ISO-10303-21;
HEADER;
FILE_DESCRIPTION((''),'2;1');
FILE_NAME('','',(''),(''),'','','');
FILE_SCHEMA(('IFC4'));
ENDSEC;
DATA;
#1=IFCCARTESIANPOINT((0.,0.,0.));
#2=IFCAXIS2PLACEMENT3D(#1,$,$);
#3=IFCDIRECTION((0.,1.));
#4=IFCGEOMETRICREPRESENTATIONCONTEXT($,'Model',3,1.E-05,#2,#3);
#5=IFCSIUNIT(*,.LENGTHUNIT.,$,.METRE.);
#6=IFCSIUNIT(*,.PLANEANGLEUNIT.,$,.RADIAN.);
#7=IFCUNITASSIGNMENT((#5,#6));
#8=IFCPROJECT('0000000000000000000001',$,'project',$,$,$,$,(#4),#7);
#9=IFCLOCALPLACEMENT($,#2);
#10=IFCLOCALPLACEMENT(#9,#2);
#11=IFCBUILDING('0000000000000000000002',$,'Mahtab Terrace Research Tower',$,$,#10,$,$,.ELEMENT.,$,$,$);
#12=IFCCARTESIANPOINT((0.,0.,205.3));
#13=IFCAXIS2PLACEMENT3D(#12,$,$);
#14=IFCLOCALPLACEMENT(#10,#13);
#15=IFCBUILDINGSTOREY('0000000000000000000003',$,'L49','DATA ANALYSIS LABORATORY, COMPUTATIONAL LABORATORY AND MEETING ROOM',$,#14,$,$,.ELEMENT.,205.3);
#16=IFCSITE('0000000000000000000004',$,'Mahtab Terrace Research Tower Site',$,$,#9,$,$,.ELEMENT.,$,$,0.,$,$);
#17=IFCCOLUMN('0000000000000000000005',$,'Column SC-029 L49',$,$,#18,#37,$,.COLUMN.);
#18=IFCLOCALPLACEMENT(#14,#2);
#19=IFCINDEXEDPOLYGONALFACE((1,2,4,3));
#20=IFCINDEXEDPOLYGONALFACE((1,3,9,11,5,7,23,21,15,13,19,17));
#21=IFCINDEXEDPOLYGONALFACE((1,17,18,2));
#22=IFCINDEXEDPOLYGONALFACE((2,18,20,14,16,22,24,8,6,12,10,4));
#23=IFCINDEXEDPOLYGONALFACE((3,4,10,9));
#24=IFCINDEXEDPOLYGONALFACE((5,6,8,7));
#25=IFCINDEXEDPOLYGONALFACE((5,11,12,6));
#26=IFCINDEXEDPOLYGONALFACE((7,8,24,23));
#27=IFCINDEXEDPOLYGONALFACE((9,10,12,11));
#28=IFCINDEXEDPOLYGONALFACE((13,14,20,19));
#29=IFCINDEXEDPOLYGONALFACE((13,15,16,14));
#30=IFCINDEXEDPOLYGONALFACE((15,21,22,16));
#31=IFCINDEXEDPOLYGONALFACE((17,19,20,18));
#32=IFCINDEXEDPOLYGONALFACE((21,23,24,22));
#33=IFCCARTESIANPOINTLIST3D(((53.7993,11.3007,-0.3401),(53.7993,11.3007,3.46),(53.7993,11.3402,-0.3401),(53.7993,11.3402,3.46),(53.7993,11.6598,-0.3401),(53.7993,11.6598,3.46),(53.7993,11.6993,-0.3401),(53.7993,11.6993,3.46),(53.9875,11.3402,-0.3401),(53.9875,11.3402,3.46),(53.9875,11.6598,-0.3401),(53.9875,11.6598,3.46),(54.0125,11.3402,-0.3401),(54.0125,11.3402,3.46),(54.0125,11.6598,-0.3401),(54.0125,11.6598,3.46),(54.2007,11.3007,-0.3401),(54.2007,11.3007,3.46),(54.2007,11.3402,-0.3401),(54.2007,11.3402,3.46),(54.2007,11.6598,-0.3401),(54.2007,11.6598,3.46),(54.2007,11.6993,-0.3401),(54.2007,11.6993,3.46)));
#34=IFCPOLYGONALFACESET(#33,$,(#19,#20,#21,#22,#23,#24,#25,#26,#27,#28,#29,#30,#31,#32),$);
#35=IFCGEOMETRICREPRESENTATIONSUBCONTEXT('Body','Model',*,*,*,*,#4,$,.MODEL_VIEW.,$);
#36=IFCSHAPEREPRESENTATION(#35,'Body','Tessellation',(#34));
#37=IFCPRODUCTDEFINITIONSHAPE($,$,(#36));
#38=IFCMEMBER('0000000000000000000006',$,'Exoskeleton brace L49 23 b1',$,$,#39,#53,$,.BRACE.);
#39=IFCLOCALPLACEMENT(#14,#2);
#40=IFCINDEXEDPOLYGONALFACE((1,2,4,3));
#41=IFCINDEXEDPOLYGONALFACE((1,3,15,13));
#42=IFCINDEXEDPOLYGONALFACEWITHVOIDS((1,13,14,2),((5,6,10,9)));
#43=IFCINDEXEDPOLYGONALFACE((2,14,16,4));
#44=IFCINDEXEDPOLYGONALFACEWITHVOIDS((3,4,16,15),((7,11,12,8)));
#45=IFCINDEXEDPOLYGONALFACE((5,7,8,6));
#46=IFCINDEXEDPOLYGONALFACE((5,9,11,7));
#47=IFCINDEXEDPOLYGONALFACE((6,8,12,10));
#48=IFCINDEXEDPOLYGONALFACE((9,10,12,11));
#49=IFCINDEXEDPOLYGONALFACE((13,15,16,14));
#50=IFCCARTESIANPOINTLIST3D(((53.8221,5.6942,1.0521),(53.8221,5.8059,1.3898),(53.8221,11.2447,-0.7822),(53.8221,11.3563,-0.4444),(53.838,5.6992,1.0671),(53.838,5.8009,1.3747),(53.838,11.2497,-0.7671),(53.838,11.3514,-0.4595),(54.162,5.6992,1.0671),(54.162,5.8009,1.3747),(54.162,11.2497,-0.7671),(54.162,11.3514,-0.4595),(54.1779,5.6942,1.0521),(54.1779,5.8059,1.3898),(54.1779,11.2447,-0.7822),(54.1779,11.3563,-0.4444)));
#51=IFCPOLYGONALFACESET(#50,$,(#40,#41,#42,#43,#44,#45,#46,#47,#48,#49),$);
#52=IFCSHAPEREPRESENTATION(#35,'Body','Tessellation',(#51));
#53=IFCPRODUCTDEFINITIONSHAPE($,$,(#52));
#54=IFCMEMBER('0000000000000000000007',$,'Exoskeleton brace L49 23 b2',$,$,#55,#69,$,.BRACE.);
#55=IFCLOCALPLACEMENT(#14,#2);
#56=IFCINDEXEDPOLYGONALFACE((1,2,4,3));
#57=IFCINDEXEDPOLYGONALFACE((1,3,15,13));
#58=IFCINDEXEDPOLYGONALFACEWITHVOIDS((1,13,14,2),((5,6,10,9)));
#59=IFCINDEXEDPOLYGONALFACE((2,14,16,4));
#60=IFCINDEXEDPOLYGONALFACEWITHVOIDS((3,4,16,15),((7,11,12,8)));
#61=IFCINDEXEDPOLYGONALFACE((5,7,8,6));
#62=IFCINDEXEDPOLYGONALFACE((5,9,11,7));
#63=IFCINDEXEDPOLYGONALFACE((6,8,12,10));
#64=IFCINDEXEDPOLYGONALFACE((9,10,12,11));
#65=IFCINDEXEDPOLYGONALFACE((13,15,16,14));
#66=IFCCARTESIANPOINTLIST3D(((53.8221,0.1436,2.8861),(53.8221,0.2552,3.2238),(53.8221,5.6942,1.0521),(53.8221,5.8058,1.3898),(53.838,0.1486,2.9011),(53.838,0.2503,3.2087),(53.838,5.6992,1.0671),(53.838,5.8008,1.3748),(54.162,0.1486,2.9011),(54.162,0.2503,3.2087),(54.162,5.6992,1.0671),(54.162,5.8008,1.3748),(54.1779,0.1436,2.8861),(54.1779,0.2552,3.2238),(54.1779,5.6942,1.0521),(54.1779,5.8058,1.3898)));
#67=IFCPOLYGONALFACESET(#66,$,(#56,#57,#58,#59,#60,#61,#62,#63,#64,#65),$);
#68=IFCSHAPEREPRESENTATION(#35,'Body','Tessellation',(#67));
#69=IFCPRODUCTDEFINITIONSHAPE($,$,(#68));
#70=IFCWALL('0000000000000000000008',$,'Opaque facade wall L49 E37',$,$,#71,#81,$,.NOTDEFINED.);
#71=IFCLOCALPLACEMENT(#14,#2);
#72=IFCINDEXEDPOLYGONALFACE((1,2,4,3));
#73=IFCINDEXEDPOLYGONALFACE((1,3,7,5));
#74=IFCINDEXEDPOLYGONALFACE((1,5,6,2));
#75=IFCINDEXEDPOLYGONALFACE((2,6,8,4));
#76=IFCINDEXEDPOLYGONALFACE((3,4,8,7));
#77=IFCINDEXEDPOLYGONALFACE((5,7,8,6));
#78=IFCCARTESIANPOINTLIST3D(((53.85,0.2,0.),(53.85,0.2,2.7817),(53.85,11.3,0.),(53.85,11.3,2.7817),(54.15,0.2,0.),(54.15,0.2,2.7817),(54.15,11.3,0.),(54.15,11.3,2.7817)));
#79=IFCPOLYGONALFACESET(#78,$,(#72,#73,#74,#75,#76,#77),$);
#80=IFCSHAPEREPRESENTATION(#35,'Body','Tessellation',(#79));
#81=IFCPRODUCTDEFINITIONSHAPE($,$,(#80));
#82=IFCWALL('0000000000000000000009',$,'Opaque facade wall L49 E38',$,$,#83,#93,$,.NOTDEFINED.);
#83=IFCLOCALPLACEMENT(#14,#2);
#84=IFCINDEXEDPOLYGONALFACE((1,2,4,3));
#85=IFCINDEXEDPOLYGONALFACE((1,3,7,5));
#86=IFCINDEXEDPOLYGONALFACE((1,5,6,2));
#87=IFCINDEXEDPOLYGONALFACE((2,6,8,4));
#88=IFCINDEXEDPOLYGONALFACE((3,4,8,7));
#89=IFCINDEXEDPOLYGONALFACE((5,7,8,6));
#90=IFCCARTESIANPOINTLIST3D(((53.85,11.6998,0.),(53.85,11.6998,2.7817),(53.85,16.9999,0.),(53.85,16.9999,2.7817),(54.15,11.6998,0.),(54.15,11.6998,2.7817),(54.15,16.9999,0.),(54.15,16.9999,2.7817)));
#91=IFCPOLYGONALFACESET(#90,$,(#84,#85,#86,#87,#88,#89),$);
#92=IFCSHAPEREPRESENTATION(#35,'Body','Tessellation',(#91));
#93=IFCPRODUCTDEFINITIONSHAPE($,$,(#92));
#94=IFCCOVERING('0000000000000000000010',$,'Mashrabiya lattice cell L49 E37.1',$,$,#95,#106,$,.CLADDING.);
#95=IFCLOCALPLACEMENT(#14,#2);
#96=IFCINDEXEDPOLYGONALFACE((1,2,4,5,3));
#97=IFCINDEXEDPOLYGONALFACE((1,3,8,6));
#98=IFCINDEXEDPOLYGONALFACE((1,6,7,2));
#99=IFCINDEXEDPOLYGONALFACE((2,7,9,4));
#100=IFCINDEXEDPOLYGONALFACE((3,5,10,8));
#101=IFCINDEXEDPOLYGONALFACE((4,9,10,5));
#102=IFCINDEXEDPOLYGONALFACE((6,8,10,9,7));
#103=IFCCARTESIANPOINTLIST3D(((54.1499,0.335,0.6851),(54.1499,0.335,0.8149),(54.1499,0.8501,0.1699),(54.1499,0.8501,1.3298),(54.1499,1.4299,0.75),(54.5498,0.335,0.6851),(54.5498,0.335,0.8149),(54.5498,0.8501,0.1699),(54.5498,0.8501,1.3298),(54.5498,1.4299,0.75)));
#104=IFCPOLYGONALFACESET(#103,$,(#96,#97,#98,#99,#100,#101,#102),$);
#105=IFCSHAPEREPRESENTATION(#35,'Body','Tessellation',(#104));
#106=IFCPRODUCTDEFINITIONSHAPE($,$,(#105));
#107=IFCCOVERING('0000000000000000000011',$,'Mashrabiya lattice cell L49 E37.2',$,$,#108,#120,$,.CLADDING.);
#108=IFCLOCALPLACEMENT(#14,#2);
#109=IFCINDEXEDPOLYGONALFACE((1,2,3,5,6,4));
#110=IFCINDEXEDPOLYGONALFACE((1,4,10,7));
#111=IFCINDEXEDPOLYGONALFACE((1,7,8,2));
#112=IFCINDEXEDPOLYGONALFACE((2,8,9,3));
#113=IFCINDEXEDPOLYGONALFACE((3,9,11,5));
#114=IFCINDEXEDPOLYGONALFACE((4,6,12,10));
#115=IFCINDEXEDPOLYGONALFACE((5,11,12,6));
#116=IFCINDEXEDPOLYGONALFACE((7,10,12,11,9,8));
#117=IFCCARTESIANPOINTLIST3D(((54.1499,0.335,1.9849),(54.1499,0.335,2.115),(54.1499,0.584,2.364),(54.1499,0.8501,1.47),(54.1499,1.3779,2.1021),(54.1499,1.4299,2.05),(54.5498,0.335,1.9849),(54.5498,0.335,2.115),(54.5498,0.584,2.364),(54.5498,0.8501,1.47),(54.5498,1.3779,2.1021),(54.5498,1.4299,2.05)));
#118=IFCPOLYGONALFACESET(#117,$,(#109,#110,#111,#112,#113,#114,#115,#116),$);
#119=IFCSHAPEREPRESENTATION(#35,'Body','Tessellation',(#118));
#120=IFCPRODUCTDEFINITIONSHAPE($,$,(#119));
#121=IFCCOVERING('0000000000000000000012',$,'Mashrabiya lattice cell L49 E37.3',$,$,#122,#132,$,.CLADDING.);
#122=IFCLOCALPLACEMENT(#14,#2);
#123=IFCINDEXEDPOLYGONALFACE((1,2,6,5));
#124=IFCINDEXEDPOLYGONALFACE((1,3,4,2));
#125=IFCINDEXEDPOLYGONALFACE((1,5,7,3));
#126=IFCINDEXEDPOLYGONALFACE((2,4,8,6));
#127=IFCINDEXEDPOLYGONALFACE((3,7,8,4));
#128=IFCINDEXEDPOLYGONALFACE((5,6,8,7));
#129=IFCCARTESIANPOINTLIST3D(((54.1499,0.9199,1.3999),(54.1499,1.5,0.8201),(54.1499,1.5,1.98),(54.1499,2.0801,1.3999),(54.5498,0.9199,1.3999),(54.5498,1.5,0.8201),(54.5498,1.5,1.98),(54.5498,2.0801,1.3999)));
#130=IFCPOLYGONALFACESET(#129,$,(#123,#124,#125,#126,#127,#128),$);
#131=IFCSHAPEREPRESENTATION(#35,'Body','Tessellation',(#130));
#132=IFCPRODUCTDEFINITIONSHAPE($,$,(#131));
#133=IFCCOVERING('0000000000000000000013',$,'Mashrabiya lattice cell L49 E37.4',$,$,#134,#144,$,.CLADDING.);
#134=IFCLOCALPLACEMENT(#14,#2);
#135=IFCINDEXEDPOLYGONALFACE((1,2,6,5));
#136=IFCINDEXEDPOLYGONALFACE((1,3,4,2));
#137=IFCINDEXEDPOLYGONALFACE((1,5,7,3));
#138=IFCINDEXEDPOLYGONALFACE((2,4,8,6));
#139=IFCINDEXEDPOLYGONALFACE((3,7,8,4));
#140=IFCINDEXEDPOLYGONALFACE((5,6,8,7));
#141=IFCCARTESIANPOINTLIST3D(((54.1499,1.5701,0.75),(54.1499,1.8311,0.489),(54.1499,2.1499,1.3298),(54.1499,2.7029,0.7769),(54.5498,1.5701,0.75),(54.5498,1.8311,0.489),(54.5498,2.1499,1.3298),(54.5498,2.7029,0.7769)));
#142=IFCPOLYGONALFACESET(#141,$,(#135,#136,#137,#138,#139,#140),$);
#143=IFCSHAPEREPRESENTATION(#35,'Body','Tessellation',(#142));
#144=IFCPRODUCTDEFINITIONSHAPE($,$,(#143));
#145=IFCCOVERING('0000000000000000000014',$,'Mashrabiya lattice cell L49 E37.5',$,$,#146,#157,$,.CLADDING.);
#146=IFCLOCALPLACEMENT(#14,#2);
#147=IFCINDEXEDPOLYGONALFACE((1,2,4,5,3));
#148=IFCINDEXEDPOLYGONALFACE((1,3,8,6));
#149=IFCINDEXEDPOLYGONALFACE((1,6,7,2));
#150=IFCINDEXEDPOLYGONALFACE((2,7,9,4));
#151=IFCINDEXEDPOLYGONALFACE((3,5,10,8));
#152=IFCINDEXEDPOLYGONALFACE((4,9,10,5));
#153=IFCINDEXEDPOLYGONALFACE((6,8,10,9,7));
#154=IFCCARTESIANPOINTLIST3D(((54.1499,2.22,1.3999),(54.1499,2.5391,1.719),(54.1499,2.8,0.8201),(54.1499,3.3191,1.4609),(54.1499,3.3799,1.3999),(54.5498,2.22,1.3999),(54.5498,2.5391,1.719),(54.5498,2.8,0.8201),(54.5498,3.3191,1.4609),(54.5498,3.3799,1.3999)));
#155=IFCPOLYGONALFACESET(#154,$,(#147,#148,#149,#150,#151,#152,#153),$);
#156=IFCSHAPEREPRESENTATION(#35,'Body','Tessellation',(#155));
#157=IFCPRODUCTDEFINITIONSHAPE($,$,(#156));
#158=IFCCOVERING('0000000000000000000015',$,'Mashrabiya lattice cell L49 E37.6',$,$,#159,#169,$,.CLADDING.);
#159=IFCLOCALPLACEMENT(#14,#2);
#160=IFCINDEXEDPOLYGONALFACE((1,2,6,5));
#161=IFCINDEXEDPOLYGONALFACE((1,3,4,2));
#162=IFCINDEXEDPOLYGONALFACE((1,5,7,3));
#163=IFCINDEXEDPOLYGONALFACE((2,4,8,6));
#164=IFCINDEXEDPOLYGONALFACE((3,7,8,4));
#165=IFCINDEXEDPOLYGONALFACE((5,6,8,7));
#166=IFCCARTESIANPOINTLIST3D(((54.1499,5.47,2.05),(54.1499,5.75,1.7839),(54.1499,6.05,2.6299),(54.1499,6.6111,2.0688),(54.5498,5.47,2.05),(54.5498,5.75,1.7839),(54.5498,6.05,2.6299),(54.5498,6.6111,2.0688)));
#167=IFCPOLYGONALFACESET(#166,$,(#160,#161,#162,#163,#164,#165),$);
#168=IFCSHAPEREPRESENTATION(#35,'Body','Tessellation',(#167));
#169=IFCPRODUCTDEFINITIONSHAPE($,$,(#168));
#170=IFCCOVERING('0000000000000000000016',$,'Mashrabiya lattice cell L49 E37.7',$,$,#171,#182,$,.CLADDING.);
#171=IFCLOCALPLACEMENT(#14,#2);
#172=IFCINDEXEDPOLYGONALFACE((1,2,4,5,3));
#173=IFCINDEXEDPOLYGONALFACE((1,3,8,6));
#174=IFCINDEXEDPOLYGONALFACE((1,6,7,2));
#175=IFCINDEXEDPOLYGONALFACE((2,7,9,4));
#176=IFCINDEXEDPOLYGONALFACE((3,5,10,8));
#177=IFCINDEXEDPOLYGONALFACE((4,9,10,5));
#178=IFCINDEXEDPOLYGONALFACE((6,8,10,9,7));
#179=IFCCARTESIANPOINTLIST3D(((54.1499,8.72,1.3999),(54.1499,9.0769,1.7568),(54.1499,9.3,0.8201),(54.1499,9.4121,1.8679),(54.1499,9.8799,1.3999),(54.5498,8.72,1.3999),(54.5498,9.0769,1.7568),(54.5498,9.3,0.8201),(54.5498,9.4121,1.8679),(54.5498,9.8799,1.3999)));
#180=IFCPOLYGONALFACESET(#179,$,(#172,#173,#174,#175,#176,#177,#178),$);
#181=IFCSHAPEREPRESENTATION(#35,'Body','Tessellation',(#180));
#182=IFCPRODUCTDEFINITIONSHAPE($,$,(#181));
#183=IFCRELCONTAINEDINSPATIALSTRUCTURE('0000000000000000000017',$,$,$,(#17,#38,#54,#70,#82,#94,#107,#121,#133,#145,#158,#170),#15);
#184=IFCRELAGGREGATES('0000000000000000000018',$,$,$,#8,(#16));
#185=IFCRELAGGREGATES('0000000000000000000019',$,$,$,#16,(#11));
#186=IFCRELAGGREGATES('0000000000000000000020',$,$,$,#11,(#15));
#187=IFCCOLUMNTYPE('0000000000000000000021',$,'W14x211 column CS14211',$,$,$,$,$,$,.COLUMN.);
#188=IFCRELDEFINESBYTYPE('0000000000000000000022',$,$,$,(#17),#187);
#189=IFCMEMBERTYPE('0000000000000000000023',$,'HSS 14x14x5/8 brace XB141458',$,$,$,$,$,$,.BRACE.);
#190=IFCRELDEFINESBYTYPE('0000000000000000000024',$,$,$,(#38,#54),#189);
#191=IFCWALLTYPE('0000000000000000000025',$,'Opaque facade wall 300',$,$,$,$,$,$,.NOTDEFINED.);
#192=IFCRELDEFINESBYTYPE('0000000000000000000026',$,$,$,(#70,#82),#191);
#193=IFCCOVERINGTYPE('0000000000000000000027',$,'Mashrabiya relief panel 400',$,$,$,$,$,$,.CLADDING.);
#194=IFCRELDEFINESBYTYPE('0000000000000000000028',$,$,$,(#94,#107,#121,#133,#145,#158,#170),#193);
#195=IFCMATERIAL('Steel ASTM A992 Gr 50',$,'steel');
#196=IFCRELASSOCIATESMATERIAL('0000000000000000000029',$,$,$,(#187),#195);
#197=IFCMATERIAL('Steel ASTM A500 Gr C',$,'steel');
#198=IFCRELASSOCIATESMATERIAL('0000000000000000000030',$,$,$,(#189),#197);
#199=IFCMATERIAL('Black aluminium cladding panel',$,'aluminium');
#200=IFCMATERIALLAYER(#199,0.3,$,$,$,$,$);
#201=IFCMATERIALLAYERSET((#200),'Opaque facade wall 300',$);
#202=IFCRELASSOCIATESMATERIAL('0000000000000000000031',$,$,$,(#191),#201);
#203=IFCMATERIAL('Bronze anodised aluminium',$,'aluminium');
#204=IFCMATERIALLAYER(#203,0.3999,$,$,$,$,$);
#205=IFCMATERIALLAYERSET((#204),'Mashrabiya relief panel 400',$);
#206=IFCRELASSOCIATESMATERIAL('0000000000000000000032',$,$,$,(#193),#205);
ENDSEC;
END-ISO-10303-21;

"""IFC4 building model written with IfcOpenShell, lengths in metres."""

from ifc_helpers import new_model, si_unit, direction, frame, frame_2d, origin, origin_2d, place, context, subcontext, project, spatial, polyline, rectangle, hollow_rectangle, i_section, outline, extrude, material, layer, layer_set, material_profile, profile_set, type_object, element, save


model = new_model("IFC4")

# Units and contexts
model_context = context("Model", 3, precision=1e-05, world=origin(), true_north=direction((0.0, 1.0)))
body_context = subcontext(model_context, "Body", "Model", "MODEL_VIEW")
ifc_project = project(units=[si_unit("LENGTHUNIT", "METRE"), si_unit("PLANEANGLEUNIT", "RADIAN")], contexts=[model_context])

# Site, building, storey
site_placement = place(None, origin())
site = spatial("IfcSite", under=ifc_project, at=site_placement, Name="Mahtab Terrace Research Tower Site", CompositionType="ELEMENT", RefElevation=0.0)
building_placement = place(site_placement, origin())
building = spatial("IfcBuilding", under=site, at=building_placement, Name="Mahtab Terrace Research Tower", CompositionType="ELEMENT")
storey_placement = place(building_placement, frame((0.0, 0.0, 205.3)))
storey = spatial("IfcBuildingStorey", under=building, at=storey_placement, Name="L49", Description="DATA ANALYSIS LABORATORY, COMPUTATIONAL LABORATORY AND MEETING ROOM", CompositionType="ELEMENT", Elevation=205.3)

# Column
ifc_material_1 = material(Name="Steel ASTM A992 Gr 50", Category="steel")
ifc_material_profile_1 = material_profile(ifc_material_1, i_section(OverallWidth=0.4014, OverallDepth=0.3987, WebThickness=0.0249, FlangeThickness=0.0396, at=origin_2d()), Name="W14X211")
ifc_profile_set_1 = profile_set([ifc_material_profile_1], Name="Steel ASTM A992 Gr 50")
column_type = type_object("IfcColumnType", Name="W14x211 column CS14211", PredefinedType="COLUMN", material=ifc_profile_set_1)
column_placement = place(storey_placement, frame((54.0, 11.5, -0.3401), z_axis=(0.0, 0.0, 1.0), x_axis=(1.0, 0.0, 0.0)))
element("IfcColumn", 1, at=column_placement, inside=storey, type_object=column_type, Name="Column SC-029 L49", PredefinedType="COLUMN", context=body_context, shape_type="SweptSolid", body=[
    extrude(i_section(OverallWidth=0.4014, OverallDepth=0.3987, WebThickness=0.0249, FlangeThickness=0.0396, at=origin_2d()), origin(), (0.0, 0.0, 1.0), 3.8),
])

# Members
ifc_material_2 = material(Name="Steel ASTM A500 Gr C", Category="steel")
ifc_material_profile_2 = material_profile(ifc_material_2, hollow_rectangle(XDim=0.3557, YDim=0.3557, WallThickness=0.0159, at=origin_2d()), Name="HSS14X14X5/8")
ifc_profile_set_2 = profile_set([ifc_material_profile_2], Name="Steel ASTM A500 Gr C")
member_type = type_object("IfcMemberType", Name="HSS 14x14x5/8 brace XB141458", PredefinedType="BRACE", material=ifc_profile_set_2)
for number, where, z_axis, x_axis, name in (
    (2, (54.0, 11.3005, -0.6133), (0.0, -0.949499, 0.313771), (1.0, 0.0, 0.0), "Exoskeleton brace L49 23 b1"),
    (3, (54.0, 5.75, 1.2209), (0.0, -0.949511, 0.313733), (1.0, 0.0, 0.0), "Exoskeleton brace L49 23 b2"),
):
    element("IfcMember", number, at=place(storey_placement, frame(where, z_axis=z_axis, x_axis=x_axis)), inside=storey, type_object=member_type, Name=name, PredefinedType="BRACE", context=body_context, shape_type="SweptSolid", body=[
        extrude(hollow_rectangle(XDim=0.3557, YDim=0.3557, WallThickness=0.0159, at=origin_2d()), origin(), (0.0, 0.0, 1.0), 5.8457),
    ])

# Walls
ifc_material_3 = material(Name="Black aluminium cladding panel", Category="aluminium")
ifc_layer_1 = layer(ifc_material_3, 0.3)
ifc_layer_set_1 = layer_set([ifc_layer_1], Name="Opaque facade wall 300")
wall_type = type_object("IfcWallType", Name="Opaque facade wall 300", PredefinedType="NOTDEFINED", material=ifc_layer_set_1)
wall_1_placement = place(storey_placement, frame((54.0, 0.2, 0.0), z_axis=(0.0, 0.0, 1.0), x_axis=(0.0, 1.0, 0.0)))
element("IfcWall", 4, at=wall_1_placement, inside=storey, type_object=wall_type, Name="Opaque facade wall L49 E37", PredefinedType="NOTDEFINED", context=body_context, shape_type="SweptSolid", body=[
    extrude(rectangle(XDim=11.1001, YDim=0.3, at=frame_2d((5.55, 0.0))), origin(), (0.0, 0.0, 1.0), 2.7817),
])
wall_2_placement = place(storey_placement, frame((54.0, 11.7, 0.0), z_axis=(0.0, 0.0, 1.0), x_axis=(0.0, 1.0, 0.0)))
element("IfcWall", 5, at=wall_2_placement, inside=storey, type_object=wall_type, Name="Opaque facade wall L49 E38", PredefinedType="NOTDEFINED", context=body_context, shape_type="SweptSolid", body=[
    extrude(rectangle(XDim=5.3, YDim=0.3, at=frame_2d((2.6499, 0.0))), origin(), (0.0, 0.0, 1.0), 2.7817),
])

# Coverings
ifc_material_4 = material(Name="Bronze anodised aluminium", Category="aluminium")
ifc_layer_2 = layer(ifc_material_4, 0.3999)
ifc_layer_set_2 = layer_set([ifc_layer_2], Name="Mashrabiya relief panel 400")
covering_type_1 = type_object("IfcCoveringType", Name="Mashrabiya relief panel 400", PredefinedType="CLADDING", material=ifc_layer_set_2)
covering_1_placement = place(storey_placement, frame((54.1499, 0.8501, 1.3298), z_axis=(-1.0, 0.0, 0.0), x_axis=(0.0, 0.707107, -0.707107)))
element("IfcCovering", 6, at=covering_1_placement, inside=storey, type_object=covering_type_1, Name="Mashrabiya lattice cell L49 E37.1", PredefinedType="CLADDING", context=body_context, shape_type="SweptSolid", body=[
    extrude(outline(polyline([(0.0, 0.0), (0.82, 0.0), (0.8202, 0.8202), (0.0917, 0.8202), (-0.0002, 0.7283), (0.0, 0.0)])), origin(), (0.0, 0.0, -1.0), 0.3999),
])
covering_2_placement = place(storey_placement, frame((54.1499, 1.4299, 2.05), z_axis=(-1.0, 0.0, 0.0), x_axis=(0.0, -0.706958, -0.707256)))
element("IfcCovering", 7, at=covering_2_placement, inside=storey, type_object=covering_type_1, Name="Mashrabiya lattice cell L49 E37.2", PredefinedType="CLADDING", context=body_context, shape_type="SweptSolid", body=[
    extrude(outline(polyline([(0.0, 0.0), (0.8202, 0.0), (0.8202, 0.7283), (0.7282, 0.8203), (0.376, 0.8203), (0.0, 0.0735), (0.0, 0.0)])), origin(), (0.0, 0.0, -1.0), 0.3999),
])
covering_3_placement = place(storey_placement, frame((54.1499, 1.5, 1.98), z_axis=(-1.0, 0.0, 0.0), x_axis=(0.0, 0.707107, -0.707107)))
element("IfcCovering", 8, at=covering_3_placement, inside=storey, type_object=covering_type_1, Name="Mashrabiya lattice cell L49 E37.3", PredefinedType="CLADDING", context=body_context, shape_type="SweptSolid", body=[
    extrude(outline(polyline([(0.0, 0.0), (0.8204, 0.0), (0.8202, 0.8202), (0.0, 0.8204), (0.0, 0.0)])), origin(), (0.0, 0.0, -1.0), 0.3999),
])
covering_4_placement = place(storey_placement, frame((54.1499, 1.5701, 0.75), z_axis=(-1.0, 0.0, 0.0), x_axis=(0.0, 0.707107, 0.707107)))
element("IfcCovering", 9, at=covering_4_placement, inside=storey, type_object=covering_type_1, Name="Mashrabiya lattice cell L49 E37.4", PredefinedType="CLADDING", context=body_context, shape_type="SweptSolid", body=[
    extrude(outline(polyline([(0.0, 0.0), (0.82, 0.0), (0.82, 0.782), (0.0, 0.3691), (0.0, 0.0)])), origin(), (0.0, 0.0, -1.0), 0.3999),
])
covering_5_placement = place(storey_placement, frame((54.1499, 3.3799, 1.3999), z_axis=(-1.0, 0.0, 0.0), x_axis=(0.0, -0.707107, -0.707107)))
element("IfcCovering", 10, at=covering_5_placement, inside=storey, type_object=covering_type_1, Name="Mashrabiya lattice cell L49 E37.5", PredefinedType="CLADDING", context=body_context, shape_type="SweptSolid", body=[
    extrude(outline(polyline([(0.0, 0.0), (0.82, 0.0), (0.8202, 0.8202), (0.3689, 0.8202), (-0.0002, 0.0861), (0.0, 0.0)])), origin(), (0.0, 0.0, -1.0), 0.3999),
])
covering_6_placement = place(storey_placement, frame((54.1499, 5.47, 2.05), z_axis=(-1.0, 0.0, 0.0), x_axis=(0.0, 0.707256, 0.706958)))
element("IfcCovering", 11, at=covering_6_placement, inside=storey, type_object=covering_type_1, Name="Mashrabiya lattice cell L49 E37.6", PredefinedType="CLADDING", context=body_context, shape_type="SweptSolid", body=[
    extrude(outline(polyline([(0.0, 0.0), (0.8202, 0.0), (0.8203, 0.7934), (0.0099, 0.3862), (0.0, 0.0)])), origin(), (0.0, 0.0, -1.0), 0.3999),
])
covering_7_placement = place(storey_placement, frame((54.1499, 9.8799, 1.3999), z_axis=(-1.0, 0.0, 0.0), x_axis=(0.0, -0.707107, -0.707107)))
element("IfcCovering", 12, at=covering_7_placement, inside=storey, type_object=covering_type_1, Name="Mashrabiya lattice cell L49 E37.7", PredefinedType="CLADDING", context=body_context, shape_type="SweptSolid", body=[
    extrude(outline(polyline([(0.0, 0.0), (0.82, 0.0), (0.8202, 0.8202), (0.3154, 0.8202), (-0.0002, 0.6617), (0.0, 0.0)])), origin(), (0.0, 0.0, -1.0), 0.3999),
])

save(model, "model.ifc")
